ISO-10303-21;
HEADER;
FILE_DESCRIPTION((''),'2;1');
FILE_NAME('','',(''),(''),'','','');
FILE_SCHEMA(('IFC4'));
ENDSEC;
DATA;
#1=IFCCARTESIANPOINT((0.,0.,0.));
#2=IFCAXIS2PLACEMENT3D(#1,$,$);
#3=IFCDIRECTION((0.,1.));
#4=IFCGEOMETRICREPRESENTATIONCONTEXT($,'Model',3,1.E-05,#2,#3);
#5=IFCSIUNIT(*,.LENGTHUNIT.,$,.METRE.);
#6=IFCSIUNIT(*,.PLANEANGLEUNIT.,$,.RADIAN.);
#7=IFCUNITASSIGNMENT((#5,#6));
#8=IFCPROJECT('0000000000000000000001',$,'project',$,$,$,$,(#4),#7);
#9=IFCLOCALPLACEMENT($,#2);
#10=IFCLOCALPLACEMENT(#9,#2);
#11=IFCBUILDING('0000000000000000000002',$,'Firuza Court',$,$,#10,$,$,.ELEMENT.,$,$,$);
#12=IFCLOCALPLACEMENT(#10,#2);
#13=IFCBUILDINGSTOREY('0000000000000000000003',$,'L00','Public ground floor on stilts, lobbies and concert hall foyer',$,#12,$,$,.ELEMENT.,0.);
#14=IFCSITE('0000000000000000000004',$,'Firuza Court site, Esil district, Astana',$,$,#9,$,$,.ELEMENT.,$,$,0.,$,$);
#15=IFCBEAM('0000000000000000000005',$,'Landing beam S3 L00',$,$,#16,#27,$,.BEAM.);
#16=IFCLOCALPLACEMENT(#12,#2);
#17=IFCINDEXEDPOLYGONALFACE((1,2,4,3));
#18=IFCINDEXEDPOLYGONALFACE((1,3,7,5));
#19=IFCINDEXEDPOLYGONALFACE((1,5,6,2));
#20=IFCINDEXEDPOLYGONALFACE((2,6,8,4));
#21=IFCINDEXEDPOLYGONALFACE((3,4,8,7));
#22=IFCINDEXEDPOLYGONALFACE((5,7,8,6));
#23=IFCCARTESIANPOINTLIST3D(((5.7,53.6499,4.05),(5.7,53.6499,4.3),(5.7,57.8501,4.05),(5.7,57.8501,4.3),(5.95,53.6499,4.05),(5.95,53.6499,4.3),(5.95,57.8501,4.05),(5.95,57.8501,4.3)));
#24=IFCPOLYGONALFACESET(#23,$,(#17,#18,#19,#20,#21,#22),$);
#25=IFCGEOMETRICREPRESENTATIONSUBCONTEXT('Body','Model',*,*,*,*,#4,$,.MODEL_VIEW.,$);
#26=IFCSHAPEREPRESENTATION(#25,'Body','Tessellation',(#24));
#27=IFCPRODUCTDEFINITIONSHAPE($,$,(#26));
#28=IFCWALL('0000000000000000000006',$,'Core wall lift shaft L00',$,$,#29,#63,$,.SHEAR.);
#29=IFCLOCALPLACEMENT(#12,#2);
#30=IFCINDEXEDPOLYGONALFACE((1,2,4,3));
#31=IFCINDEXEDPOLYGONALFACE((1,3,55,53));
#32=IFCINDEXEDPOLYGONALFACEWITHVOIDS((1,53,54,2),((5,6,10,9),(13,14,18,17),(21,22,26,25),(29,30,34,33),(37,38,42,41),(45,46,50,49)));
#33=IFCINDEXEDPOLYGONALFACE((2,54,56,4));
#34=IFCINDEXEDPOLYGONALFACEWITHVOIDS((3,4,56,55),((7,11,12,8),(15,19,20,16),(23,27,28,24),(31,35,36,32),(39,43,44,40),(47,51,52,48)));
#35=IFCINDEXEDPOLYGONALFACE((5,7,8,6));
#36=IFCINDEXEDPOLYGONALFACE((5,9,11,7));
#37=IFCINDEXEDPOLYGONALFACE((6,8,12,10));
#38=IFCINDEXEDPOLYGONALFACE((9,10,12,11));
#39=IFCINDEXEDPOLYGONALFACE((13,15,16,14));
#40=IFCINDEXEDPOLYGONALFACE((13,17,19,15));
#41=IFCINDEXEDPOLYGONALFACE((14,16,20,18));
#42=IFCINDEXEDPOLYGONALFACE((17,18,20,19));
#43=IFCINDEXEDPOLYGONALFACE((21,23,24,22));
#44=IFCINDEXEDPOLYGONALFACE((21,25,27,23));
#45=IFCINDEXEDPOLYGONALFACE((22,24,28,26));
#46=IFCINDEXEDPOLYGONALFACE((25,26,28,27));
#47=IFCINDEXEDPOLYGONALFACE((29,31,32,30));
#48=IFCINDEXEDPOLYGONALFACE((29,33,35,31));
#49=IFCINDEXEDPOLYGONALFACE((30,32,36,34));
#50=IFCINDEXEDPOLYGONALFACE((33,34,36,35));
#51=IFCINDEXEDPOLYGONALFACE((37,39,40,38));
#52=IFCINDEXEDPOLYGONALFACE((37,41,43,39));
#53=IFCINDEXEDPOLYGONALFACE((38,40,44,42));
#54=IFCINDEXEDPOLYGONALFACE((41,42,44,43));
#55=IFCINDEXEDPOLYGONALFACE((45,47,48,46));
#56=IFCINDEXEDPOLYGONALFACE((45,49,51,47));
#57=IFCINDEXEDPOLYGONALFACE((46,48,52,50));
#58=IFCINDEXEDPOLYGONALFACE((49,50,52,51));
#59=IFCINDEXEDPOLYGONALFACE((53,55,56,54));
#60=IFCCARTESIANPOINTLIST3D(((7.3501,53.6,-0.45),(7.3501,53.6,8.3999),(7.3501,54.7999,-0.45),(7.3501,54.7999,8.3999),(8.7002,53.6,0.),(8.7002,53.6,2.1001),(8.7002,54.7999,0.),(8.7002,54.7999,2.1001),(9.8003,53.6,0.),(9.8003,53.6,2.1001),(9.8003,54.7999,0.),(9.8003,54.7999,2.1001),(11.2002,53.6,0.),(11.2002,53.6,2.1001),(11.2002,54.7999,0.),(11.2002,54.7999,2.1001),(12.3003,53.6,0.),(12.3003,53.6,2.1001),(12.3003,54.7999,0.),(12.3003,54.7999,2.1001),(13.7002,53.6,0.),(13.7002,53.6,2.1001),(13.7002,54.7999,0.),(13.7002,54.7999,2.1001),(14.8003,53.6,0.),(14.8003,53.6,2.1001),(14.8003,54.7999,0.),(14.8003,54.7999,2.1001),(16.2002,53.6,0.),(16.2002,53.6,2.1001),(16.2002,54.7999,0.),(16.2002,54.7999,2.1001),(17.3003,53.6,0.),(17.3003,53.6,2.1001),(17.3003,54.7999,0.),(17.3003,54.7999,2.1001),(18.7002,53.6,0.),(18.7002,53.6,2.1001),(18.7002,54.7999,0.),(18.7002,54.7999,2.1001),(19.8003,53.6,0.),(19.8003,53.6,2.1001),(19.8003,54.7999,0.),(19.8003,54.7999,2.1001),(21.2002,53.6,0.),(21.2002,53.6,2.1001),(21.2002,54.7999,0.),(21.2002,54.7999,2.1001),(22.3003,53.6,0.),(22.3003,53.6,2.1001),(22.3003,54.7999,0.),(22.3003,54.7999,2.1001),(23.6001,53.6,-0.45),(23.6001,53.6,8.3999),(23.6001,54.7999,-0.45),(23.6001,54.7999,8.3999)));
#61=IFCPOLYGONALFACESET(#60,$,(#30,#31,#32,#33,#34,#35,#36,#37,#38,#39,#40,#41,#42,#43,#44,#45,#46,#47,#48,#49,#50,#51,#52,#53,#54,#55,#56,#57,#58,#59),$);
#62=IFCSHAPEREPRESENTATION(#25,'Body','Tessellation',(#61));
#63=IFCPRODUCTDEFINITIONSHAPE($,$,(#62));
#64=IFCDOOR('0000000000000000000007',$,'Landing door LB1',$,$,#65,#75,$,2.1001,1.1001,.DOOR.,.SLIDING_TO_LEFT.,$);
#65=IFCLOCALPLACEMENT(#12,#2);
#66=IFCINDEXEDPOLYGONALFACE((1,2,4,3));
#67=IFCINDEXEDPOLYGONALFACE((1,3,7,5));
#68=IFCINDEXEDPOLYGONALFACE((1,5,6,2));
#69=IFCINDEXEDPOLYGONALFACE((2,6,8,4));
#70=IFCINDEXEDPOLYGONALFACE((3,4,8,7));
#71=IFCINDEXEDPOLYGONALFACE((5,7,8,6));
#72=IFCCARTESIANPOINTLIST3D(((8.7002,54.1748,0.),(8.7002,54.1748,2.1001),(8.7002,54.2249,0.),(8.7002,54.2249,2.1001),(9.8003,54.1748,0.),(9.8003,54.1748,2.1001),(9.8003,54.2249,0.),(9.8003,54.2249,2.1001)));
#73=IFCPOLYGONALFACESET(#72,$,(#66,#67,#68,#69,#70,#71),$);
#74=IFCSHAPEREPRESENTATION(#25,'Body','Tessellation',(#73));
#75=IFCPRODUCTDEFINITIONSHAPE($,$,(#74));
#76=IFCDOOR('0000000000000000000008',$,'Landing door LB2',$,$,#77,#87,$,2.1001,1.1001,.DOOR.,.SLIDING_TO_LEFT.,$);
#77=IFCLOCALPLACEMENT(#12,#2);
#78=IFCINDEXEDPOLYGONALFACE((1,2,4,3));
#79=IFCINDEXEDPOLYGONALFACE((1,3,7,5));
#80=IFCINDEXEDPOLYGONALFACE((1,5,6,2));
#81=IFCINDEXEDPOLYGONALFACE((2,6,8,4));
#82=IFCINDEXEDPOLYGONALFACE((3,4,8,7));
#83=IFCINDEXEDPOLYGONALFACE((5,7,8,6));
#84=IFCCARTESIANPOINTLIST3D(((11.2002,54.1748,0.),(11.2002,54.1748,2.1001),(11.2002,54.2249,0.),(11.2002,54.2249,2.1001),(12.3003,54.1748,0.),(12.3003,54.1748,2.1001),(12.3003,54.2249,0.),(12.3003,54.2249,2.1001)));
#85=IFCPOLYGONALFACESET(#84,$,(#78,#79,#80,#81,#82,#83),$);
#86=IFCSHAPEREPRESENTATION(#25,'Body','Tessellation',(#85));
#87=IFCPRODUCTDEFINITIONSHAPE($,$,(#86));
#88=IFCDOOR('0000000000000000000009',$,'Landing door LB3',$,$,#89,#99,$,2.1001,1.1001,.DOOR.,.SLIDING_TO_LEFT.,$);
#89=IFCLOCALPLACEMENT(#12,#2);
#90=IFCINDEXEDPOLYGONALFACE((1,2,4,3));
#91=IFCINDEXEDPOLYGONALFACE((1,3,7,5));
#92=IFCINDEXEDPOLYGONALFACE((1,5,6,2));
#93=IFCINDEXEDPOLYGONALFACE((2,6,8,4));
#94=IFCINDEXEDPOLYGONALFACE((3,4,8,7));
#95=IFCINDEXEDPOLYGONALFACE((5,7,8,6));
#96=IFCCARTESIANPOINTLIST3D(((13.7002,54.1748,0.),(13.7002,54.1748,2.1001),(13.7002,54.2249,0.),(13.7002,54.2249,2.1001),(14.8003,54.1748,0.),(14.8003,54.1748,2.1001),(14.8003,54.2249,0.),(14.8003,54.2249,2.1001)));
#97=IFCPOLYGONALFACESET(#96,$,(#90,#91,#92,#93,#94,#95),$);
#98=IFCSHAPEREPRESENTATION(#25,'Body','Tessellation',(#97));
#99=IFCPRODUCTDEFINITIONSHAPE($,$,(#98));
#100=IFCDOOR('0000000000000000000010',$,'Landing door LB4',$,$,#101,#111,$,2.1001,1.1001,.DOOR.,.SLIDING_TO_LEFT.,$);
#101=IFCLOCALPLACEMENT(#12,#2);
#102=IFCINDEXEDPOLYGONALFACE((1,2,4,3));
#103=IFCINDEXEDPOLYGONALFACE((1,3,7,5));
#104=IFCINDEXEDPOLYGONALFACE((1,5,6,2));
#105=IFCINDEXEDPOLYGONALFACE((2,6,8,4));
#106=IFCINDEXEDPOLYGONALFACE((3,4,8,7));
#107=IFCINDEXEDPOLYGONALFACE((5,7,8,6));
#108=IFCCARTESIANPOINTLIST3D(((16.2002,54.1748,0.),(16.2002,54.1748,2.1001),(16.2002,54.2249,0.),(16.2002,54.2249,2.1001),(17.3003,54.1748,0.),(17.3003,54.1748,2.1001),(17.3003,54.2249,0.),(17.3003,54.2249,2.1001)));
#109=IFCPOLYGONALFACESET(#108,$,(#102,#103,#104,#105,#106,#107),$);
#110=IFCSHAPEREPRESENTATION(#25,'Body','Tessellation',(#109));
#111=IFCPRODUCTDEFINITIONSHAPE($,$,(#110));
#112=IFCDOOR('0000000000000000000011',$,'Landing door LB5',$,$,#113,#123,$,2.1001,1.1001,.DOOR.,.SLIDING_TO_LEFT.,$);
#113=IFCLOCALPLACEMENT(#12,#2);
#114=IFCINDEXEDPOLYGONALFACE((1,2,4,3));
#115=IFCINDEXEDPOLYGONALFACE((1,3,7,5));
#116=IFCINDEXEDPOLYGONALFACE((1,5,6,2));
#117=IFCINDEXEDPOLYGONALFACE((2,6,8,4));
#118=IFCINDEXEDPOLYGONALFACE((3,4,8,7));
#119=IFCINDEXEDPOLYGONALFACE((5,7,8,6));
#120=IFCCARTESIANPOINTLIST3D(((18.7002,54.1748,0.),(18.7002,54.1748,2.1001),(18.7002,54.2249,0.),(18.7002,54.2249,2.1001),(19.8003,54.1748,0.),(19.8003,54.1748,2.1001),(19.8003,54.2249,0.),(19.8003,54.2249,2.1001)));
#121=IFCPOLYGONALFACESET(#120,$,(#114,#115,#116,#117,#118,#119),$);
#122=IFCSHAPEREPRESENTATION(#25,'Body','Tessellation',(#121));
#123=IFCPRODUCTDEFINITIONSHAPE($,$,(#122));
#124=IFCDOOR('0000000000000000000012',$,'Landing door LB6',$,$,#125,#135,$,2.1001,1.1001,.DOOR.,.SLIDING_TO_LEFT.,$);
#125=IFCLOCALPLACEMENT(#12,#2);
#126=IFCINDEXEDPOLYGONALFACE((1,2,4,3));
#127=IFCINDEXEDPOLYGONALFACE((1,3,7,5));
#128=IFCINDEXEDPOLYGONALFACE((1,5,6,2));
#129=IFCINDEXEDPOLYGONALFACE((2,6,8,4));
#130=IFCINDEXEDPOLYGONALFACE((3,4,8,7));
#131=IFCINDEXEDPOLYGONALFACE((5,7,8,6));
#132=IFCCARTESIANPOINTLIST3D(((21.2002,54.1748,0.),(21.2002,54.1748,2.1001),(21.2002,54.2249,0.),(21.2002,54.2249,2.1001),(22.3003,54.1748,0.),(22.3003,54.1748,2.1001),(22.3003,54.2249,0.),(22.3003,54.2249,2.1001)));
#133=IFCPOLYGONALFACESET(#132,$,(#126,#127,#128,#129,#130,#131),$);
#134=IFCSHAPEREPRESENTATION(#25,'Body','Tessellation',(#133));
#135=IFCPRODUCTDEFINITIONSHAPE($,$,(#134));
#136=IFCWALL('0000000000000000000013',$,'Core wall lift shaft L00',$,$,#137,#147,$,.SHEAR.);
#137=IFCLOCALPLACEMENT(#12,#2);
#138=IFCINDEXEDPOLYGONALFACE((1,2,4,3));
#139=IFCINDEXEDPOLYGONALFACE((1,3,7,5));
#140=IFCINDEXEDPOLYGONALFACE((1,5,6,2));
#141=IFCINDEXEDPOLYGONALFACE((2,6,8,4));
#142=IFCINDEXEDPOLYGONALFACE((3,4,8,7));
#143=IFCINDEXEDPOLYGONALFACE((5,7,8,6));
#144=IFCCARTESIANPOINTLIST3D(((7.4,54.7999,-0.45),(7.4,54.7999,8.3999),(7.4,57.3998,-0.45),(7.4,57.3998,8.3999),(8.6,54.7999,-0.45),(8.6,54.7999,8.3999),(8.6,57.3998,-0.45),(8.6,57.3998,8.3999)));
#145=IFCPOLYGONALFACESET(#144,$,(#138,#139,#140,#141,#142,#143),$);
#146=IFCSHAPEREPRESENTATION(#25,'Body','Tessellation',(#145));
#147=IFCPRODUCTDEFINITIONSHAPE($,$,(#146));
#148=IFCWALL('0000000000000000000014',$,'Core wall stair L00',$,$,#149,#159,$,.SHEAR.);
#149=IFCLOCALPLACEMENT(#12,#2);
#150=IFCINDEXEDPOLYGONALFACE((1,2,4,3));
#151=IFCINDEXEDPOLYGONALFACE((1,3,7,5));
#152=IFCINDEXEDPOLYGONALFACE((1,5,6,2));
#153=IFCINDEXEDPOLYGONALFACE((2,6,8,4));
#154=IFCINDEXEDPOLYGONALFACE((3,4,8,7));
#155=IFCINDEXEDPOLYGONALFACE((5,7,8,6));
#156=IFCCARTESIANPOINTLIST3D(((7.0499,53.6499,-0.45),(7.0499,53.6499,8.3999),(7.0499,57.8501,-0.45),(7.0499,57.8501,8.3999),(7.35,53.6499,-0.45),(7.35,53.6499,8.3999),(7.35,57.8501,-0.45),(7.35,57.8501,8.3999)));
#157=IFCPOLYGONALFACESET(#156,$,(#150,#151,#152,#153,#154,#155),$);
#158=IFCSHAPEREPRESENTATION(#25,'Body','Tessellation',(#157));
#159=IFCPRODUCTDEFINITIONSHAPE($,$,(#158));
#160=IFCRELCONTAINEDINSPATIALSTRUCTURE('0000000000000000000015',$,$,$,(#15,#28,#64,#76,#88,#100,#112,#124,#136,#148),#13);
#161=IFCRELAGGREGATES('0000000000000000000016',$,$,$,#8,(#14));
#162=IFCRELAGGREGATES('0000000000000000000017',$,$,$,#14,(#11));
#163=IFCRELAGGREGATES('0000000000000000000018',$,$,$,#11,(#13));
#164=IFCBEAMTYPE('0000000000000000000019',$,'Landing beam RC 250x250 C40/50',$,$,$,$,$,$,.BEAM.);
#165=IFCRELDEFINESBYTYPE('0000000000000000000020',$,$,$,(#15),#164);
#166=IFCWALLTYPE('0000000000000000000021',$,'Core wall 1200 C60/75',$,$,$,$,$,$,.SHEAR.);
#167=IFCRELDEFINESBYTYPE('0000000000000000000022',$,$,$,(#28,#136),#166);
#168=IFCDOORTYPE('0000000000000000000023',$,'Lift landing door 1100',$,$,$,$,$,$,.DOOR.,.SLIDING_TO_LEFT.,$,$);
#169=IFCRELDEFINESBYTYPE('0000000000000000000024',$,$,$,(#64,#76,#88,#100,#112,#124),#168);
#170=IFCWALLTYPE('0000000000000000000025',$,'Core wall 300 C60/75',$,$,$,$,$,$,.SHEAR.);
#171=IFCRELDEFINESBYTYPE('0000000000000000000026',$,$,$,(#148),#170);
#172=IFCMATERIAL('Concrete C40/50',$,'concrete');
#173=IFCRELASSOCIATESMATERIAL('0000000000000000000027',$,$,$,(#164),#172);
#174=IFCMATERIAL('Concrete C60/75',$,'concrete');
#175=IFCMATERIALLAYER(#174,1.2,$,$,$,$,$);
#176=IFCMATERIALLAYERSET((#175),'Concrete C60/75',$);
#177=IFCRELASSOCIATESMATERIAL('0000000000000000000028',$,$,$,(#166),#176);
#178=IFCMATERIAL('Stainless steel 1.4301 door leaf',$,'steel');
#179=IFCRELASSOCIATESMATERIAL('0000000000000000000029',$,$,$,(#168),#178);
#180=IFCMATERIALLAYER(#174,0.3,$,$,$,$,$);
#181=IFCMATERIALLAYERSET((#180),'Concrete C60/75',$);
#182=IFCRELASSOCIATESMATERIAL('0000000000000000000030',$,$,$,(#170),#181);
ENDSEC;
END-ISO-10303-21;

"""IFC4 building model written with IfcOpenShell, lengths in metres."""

from ifc_helpers import new_model, si_unit, direction, frame, frame_2d, origin, origin_2d, place, context, subcontext, project, spatial, rectangle, extrude, material, layer, layer_set, material_profile, profile_set, type_object, element, fill, save


model = new_model("IFC4")

# Units and contexts
model_context = context("Model", 3, precision=1e-05, world=origin(), true_north=direction((0.0, 1.0)))
body_context = subcontext(model_context, "Body", "Model", "MODEL_VIEW")
ifc_project = project(units=[si_unit("LENGTHUNIT", "METRE"), si_unit("PLANEANGLEUNIT", "RADIAN")], contexts=[model_context])

# Site, building, storey
site_placement = place(None, origin())
site = spatial("IfcSite", under=ifc_project, at=site_placement, Name="Firuza Court site, Esil district, Astana", CompositionType="ELEMENT", RefElevation=0.0)
building_placement = place(site_placement, origin())
building = spatial("IfcBuilding", under=site, at=building_placement, Name="Firuza Court", CompositionType="ELEMENT")
storey_placement = place(building_placement, origin())
storey = spatial("IfcBuildingStorey", under=building, at=storey_placement, Name="L00", Description="Public ground floor on stilts, lobbies and concert hall foyer", CompositionType="ELEMENT", Elevation=0.0)

# Beam
ifc_material_1 = material(Name="Concrete C40/50", Category="concrete")
ifc_material_profile = material_profile(ifc_material_1, rectangle(XDim=0.25, YDim=0.25, at=origin_2d()), Name="RC 250x250")
ifc_profile_set = profile_set([ifc_material_profile], Name="Concrete C40/50")
beam_type = type_object("IfcBeamType", Name="Landing beam RC 250x250 C40/50", PredefinedType="BEAM", material=ifc_profile_set)
beam_placement = place(storey_placement, frame((5.825, 53.6499, 4.175), z_axis=(0.0, 1.0, 0.0), x_axis=(-1.0, 0.0, 0.0)))
element("IfcBeam", 1, at=beam_placement, inside=storey, type_object=beam_type, Name="Landing beam S3 L00", PredefinedType="BEAM", context=body_context, shape_type="SweptSolid", body=[
    extrude(rectangle(XDim=0.25, YDim=0.25, at=origin_2d()), origin(), (0.0, 0.0, 1.0), 4.2002),
])

# Wall, openings, doors
ifc_material_2 = material(Name="Concrete C60/75", Category="concrete")
ifc_layer_1 = layer(ifc_material_2, 1.2)
ifc_layer_set_1 = layer_set([ifc_layer_1], Name="Concrete C60/75")
wall_type_1 = type_object("IfcWallType", Name="Core wall 1200 C60/75", PredefinedType="SHEAR", material=ifc_layer_set_1)
wall_1_placement = place(storey_placement, frame((7.3501, 54.2, -0.45), z_axis=(0.0, 0.0, 1.0), x_axis=(1.0, 0.0, 0.0)))
wall_1 = element("IfcWall", 2, at=wall_1_placement, inside=storey, type_object=wall_type_1, Name="Core wall lift shaft L00", PredefinedType="SHEAR", context=body_context, shape_type="SweptSolid", body=[
    extrude(rectangle(XDim=16.25, YDim=1.2, at=frame_2d((8.125, 0.0))), origin(), (0.0, 0.0, 1.0), 8.8499),
])
opening_1_placement = place(wall_1_placement, frame((1.3501, 0.0, 0.45)))
opening_1 = element("IfcOpeningElement", 3, at=opening_1_placement, cuts=wall_1, PredefinedType="OPENING", context=body_context, shape_type="SweptSolid", body=[
    extrude(rectangle(XDim=1.1001, YDim=2.1001, at=frame_2d((0.55, 1.05))), frame((0.0, 0.6118, 0.0), z_axis=(0.0, -1.0, 0.0), x_axis=(1.0, 0.0, 0.0)), (0.0, 0.0, 1.0), 1.2239),
])
opening_2_placement = place(wall_1_placement, frame((3.8501, 0.0, 0.45)))
opening_2 = element("IfcOpeningElement", 4, at=opening_2_placement, cuts=wall_1, PredefinedType="OPENING", context=body_context, shape_type="SweptSolid", body=[
    extrude(rectangle(XDim=1.1001, YDim=2.1001, at=frame_2d((0.55, 1.05))), frame((0.0, 0.6118, 0.0), z_axis=(0.0, -1.0, 0.0), x_axis=(1.0, 0.0, 0.0)), (0.0, 0.0, 1.0), 1.2239),
])
opening_3_placement = place(wall_1_placement, frame((6.3501, 0.0, 0.45)))
opening_3 = element("IfcOpeningElement", 5, at=opening_3_placement, cuts=wall_1, PredefinedType="OPENING", context=body_context, shape_type="SweptSolid", body=[
    extrude(rectangle(XDim=1.1001, YDim=2.1001, at=frame_2d((0.55, 1.05))), frame((0.0, 0.6118, 0.0), z_axis=(0.0, -1.0, 0.0), x_axis=(1.0, 0.0, 0.0)), (0.0, 0.0, 1.0), 1.2239),
])
opening_4_placement = place(wall_1_placement, frame((8.8501, 0.0, 0.45)))
opening_4 = element("IfcOpeningElement", 6, at=opening_4_placement, cuts=wall_1, PredefinedType="OPENING", context=body_context, shape_type="SweptSolid", body=[
    extrude(rectangle(XDim=1.1001, YDim=2.1001, at=frame_2d((0.55, 1.05))), frame((0.0, 0.6118, 0.0), z_axis=(0.0, -1.0, 0.0), x_axis=(1.0, 0.0, 0.0)), (0.0, 0.0, 1.0), 1.2239),
])
opening_5_placement = place(wall_1_placement, frame((11.3501, 0.0, 0.45)))
opening_5 = element("IfcOpeningElement", 7, at=opening_5_placement, cuts=wall_1, PredefinedType="OPENING", context=body_context, shape_type="SweptSolid", body=[
    extrude(rectangle(XDim=1.1001, YDim=2.1001, at=frame_2d((0.55, 1.05))), frame((0.0, 0.6118, 0.0), z_axis=(0.0, -1.0, 0.0), x_axis=(1.0, 0.0, 0.0)), (0.0, 0.0, 1.0), 1.2239),
])
opening_6_placement = place(wall_1_placement, frame((13.8501, 0.0, 0.45)))
opening_6 = element("IfcOpeningElement", 8, at=opening_6_placement, cuts=wall_1, PredefinedType="OPENING", context=body_context, shape_type="SweptSolid", body=[
    extrude(rectangle(XDim=1.1001, YDim=2.1001, at=frame_2d((0.55, 1.05))), frame((0.0, 0.6118, 0.0), z_axis=(0.0, -1.0, 0.0), x_axis=(1.0, 0.0, 0.0)), (0.0, 0.0, 1.0), 1.2239),
])
ifc_material_3 = material(Name="Stainless steel 1.4301 door leaf", Category="steel")
door_type = type_object("IfcDoorType", Name="Lift landing door 1100", OperationType="SLIDING_TO_LEFT", PredefinedType="DOOR", material=ifc_material_3)
door_1_placement = place(opening_1_placement, origin())
door_1 = element("IfcDoor", 9, at=door_1_placement, inside=storey, type_object=door_type, Name="Landing door LB1", OperationType="SLIDING_TO_LEFT", OverallHeight=2.1001, OverallWidth=1.1001, PredefinedType="DOOR", context=body_context, shape_type="SweptSolid", body=[
    extrude(rectangle(XDim=1.1001, YDim=2.1001, at=frame_2d((0.55, 1.05))), frame((0.0, 0.0249, 0.0), z_axis=(0.0, -1.0, 0.0), x_axis=(1.0, 0.0, 0.0)), (0.0, 0.0, 1.0), 0.05),
])
fill(opening_1, door_1)
door_2_placement = place(opening_2_placement, origin())
door_2 = element("IfcDoor", 10, at=door_2_placement, inside=storey, type_object=door_type, Name="Landing door LB2", OperationType="SLIDING_TO_LEFT", OverallHeight=2.1001, OverallWidth=1.1001, PredefinedType="DOOR", context=body_context, shape_type="SweptSolid", body=[
    extrude(rectangle(XDim=1.1001, YDim=2.1001, at=frame_2d((0.55, 1.05))), frame((0.0, 0.0249, 0.0), z_axis=(0.0, -1.0, 0.0), x_axis=(1.0, 0.0, 0.0)), (0.0, 0.0, 1.0), 0.05),
])
fill(opening_2, door_2)
door_3_placement = place(opening_3_placement, origin())
door_3 = element("IfcDoor", 11, at=door_3_placement, inside=storey, type_object=door_type, Name="Landing door LB3", OperationType="SLIDING_TO_LEFT", OverallHeight=2.1001, OverallWidth=1.1001, PredefinedType="DOOR", context=body_context, shape_type="SweptSolid", body=[
    extrude(rectangle(XDim=1.1001, YDim=2.1001, at=frame_2d((0.55, 1.05))), frame((0.0, 0.0249, 0.0), z_axis=(0.0, -1.0, 0.0), x_axis=(1.0, 0.0, 0.0)), (0.0, 0.0, 1.0), 0.05),
])
fill(opening_3, door_3)
door_4_placement = place(opening_4_placement, origin())
door_4 = element("IfcDoor", 12, at=door_4_placement, inside=storey, type_object=door_type, Name="Landing door LB4", OperationType="SLIDING_TO_LEFT", OverallHeight=2.1001, OverallWidth=1.1001, PredefinedType="DOOR", context=body_context, shape_type="SweptSolid", body=[
    extrude(rectangle(XDim=1.1001, YDim=2.1001, at=frame_2d((0.55, 1.05))), frame((0.0, 0.0249, 0.0), z_axis=(0.0, -1.0, 0.0), x_axis=(1.0, 0.0, 0.0)), (0.0, 0.0, 1.0), 0.05),
])
fill(opening_4, door_4)
door_5_placement = place(opening_5_placement, origin())
door_5 = element("IfcDoor", 13, at=door_5_placement, inside=storey, type_object=door_type, Name="Landing door LB5", OperationType="SLIDING_TO_LEFT", OverallHeight=2.1001, OverallWidth=1.1001, PredefinedType="DOOR", context=body_context, shape_type="SweptSolid", body=[
    extrude(rectangle(XDim=1.1001, YDim=2.1001, at=frame_2d((0.55, 1.05))), frame((0.0, 0.0249, 0.0), z_axis=(0.0, -1.0, 0.0), x_axis=(1.0, 0.0, 0.0)), (0.0, 0.0, 1.0), 0.05),
])
fill(opening_5, door_5)
door_6_placement = place(opening_6_placement, origin())
door_6 = element("IfcDoor", 14, at=door_6_placement, inside=storey, type_object=door_type, Name="Landing door LB6", OperationType="SLIDING_TO_LEFT", OverallHeight=2.1001, OverallWidth=1.1001, PredefinedType="DOOR", context=body_context, shape_type="SweptSolid", body=[
    extrude(rectangle(XDim=1.1001, YDim=2.1001, at=frame_2d((0.55, 1.05))), frame((0.0, 0.0249, 0.0), z_axis=(0.0, -1.0, 0.0), x_axis=(1.0, 0.0, 0.0)), (0.0, 0.0, 1.0), 0.05),
])
fill(opening_6, door_6)

# Walls
wall_2_placement = place(storey_placement, frame((8.0, 54.8, -0.45), z_axis=(0.0, 0.0, 1.0), x_axis=(0.0, 1.0, 0.0)))
element("IfcWall", 15, at=wall_2_placement, inside=storey, type_object=wall_type_1, Name="Core wall lift shaft L00", PredefinedType="SHEAR", context=body_context, shape_type="SweptSolid", body=[
    extrude(rectangle(XDim=2.5999, YDim=1.2, at=frame_2d((1.2998, 0.0))), origin(), (0.0, 0.0, 1.0), 8.8499),
])
ifc_layer_2 = layer(ifc_material_2, 0.3)
ifc_layer_set_2 = layer_set([ifc_layer_2], Name="Concrete C60/75")
wall_type_2 = type_object("IfcWallType", Name="Core wall 300 C60/75", PredefinedType="SHEAR", material=ifc_layer_set_2)
wall_3_placement = place(storey_placement, frame((7.2, 53.6499, -0.45), z_axis=(0.0, 0.0, 1.0), x_axis=(0.0, 1.0, 0.0)))
element("IfcWall", 16, at=wall_3_placement, inside=storey, type_object=wall_type_2, Name="Core wall stair L00", PredefinedType="SHEAR", context=body_context, shape_type="SweptSolid", body=[
    extrude(rectangle(XDim=4.2002, YDim=0.3, at=frame_2d((2.1001, 0.0))), origin(), (0.0, 0.0, 1.0), 8.8499),
])

save(model, "model.ifc")
